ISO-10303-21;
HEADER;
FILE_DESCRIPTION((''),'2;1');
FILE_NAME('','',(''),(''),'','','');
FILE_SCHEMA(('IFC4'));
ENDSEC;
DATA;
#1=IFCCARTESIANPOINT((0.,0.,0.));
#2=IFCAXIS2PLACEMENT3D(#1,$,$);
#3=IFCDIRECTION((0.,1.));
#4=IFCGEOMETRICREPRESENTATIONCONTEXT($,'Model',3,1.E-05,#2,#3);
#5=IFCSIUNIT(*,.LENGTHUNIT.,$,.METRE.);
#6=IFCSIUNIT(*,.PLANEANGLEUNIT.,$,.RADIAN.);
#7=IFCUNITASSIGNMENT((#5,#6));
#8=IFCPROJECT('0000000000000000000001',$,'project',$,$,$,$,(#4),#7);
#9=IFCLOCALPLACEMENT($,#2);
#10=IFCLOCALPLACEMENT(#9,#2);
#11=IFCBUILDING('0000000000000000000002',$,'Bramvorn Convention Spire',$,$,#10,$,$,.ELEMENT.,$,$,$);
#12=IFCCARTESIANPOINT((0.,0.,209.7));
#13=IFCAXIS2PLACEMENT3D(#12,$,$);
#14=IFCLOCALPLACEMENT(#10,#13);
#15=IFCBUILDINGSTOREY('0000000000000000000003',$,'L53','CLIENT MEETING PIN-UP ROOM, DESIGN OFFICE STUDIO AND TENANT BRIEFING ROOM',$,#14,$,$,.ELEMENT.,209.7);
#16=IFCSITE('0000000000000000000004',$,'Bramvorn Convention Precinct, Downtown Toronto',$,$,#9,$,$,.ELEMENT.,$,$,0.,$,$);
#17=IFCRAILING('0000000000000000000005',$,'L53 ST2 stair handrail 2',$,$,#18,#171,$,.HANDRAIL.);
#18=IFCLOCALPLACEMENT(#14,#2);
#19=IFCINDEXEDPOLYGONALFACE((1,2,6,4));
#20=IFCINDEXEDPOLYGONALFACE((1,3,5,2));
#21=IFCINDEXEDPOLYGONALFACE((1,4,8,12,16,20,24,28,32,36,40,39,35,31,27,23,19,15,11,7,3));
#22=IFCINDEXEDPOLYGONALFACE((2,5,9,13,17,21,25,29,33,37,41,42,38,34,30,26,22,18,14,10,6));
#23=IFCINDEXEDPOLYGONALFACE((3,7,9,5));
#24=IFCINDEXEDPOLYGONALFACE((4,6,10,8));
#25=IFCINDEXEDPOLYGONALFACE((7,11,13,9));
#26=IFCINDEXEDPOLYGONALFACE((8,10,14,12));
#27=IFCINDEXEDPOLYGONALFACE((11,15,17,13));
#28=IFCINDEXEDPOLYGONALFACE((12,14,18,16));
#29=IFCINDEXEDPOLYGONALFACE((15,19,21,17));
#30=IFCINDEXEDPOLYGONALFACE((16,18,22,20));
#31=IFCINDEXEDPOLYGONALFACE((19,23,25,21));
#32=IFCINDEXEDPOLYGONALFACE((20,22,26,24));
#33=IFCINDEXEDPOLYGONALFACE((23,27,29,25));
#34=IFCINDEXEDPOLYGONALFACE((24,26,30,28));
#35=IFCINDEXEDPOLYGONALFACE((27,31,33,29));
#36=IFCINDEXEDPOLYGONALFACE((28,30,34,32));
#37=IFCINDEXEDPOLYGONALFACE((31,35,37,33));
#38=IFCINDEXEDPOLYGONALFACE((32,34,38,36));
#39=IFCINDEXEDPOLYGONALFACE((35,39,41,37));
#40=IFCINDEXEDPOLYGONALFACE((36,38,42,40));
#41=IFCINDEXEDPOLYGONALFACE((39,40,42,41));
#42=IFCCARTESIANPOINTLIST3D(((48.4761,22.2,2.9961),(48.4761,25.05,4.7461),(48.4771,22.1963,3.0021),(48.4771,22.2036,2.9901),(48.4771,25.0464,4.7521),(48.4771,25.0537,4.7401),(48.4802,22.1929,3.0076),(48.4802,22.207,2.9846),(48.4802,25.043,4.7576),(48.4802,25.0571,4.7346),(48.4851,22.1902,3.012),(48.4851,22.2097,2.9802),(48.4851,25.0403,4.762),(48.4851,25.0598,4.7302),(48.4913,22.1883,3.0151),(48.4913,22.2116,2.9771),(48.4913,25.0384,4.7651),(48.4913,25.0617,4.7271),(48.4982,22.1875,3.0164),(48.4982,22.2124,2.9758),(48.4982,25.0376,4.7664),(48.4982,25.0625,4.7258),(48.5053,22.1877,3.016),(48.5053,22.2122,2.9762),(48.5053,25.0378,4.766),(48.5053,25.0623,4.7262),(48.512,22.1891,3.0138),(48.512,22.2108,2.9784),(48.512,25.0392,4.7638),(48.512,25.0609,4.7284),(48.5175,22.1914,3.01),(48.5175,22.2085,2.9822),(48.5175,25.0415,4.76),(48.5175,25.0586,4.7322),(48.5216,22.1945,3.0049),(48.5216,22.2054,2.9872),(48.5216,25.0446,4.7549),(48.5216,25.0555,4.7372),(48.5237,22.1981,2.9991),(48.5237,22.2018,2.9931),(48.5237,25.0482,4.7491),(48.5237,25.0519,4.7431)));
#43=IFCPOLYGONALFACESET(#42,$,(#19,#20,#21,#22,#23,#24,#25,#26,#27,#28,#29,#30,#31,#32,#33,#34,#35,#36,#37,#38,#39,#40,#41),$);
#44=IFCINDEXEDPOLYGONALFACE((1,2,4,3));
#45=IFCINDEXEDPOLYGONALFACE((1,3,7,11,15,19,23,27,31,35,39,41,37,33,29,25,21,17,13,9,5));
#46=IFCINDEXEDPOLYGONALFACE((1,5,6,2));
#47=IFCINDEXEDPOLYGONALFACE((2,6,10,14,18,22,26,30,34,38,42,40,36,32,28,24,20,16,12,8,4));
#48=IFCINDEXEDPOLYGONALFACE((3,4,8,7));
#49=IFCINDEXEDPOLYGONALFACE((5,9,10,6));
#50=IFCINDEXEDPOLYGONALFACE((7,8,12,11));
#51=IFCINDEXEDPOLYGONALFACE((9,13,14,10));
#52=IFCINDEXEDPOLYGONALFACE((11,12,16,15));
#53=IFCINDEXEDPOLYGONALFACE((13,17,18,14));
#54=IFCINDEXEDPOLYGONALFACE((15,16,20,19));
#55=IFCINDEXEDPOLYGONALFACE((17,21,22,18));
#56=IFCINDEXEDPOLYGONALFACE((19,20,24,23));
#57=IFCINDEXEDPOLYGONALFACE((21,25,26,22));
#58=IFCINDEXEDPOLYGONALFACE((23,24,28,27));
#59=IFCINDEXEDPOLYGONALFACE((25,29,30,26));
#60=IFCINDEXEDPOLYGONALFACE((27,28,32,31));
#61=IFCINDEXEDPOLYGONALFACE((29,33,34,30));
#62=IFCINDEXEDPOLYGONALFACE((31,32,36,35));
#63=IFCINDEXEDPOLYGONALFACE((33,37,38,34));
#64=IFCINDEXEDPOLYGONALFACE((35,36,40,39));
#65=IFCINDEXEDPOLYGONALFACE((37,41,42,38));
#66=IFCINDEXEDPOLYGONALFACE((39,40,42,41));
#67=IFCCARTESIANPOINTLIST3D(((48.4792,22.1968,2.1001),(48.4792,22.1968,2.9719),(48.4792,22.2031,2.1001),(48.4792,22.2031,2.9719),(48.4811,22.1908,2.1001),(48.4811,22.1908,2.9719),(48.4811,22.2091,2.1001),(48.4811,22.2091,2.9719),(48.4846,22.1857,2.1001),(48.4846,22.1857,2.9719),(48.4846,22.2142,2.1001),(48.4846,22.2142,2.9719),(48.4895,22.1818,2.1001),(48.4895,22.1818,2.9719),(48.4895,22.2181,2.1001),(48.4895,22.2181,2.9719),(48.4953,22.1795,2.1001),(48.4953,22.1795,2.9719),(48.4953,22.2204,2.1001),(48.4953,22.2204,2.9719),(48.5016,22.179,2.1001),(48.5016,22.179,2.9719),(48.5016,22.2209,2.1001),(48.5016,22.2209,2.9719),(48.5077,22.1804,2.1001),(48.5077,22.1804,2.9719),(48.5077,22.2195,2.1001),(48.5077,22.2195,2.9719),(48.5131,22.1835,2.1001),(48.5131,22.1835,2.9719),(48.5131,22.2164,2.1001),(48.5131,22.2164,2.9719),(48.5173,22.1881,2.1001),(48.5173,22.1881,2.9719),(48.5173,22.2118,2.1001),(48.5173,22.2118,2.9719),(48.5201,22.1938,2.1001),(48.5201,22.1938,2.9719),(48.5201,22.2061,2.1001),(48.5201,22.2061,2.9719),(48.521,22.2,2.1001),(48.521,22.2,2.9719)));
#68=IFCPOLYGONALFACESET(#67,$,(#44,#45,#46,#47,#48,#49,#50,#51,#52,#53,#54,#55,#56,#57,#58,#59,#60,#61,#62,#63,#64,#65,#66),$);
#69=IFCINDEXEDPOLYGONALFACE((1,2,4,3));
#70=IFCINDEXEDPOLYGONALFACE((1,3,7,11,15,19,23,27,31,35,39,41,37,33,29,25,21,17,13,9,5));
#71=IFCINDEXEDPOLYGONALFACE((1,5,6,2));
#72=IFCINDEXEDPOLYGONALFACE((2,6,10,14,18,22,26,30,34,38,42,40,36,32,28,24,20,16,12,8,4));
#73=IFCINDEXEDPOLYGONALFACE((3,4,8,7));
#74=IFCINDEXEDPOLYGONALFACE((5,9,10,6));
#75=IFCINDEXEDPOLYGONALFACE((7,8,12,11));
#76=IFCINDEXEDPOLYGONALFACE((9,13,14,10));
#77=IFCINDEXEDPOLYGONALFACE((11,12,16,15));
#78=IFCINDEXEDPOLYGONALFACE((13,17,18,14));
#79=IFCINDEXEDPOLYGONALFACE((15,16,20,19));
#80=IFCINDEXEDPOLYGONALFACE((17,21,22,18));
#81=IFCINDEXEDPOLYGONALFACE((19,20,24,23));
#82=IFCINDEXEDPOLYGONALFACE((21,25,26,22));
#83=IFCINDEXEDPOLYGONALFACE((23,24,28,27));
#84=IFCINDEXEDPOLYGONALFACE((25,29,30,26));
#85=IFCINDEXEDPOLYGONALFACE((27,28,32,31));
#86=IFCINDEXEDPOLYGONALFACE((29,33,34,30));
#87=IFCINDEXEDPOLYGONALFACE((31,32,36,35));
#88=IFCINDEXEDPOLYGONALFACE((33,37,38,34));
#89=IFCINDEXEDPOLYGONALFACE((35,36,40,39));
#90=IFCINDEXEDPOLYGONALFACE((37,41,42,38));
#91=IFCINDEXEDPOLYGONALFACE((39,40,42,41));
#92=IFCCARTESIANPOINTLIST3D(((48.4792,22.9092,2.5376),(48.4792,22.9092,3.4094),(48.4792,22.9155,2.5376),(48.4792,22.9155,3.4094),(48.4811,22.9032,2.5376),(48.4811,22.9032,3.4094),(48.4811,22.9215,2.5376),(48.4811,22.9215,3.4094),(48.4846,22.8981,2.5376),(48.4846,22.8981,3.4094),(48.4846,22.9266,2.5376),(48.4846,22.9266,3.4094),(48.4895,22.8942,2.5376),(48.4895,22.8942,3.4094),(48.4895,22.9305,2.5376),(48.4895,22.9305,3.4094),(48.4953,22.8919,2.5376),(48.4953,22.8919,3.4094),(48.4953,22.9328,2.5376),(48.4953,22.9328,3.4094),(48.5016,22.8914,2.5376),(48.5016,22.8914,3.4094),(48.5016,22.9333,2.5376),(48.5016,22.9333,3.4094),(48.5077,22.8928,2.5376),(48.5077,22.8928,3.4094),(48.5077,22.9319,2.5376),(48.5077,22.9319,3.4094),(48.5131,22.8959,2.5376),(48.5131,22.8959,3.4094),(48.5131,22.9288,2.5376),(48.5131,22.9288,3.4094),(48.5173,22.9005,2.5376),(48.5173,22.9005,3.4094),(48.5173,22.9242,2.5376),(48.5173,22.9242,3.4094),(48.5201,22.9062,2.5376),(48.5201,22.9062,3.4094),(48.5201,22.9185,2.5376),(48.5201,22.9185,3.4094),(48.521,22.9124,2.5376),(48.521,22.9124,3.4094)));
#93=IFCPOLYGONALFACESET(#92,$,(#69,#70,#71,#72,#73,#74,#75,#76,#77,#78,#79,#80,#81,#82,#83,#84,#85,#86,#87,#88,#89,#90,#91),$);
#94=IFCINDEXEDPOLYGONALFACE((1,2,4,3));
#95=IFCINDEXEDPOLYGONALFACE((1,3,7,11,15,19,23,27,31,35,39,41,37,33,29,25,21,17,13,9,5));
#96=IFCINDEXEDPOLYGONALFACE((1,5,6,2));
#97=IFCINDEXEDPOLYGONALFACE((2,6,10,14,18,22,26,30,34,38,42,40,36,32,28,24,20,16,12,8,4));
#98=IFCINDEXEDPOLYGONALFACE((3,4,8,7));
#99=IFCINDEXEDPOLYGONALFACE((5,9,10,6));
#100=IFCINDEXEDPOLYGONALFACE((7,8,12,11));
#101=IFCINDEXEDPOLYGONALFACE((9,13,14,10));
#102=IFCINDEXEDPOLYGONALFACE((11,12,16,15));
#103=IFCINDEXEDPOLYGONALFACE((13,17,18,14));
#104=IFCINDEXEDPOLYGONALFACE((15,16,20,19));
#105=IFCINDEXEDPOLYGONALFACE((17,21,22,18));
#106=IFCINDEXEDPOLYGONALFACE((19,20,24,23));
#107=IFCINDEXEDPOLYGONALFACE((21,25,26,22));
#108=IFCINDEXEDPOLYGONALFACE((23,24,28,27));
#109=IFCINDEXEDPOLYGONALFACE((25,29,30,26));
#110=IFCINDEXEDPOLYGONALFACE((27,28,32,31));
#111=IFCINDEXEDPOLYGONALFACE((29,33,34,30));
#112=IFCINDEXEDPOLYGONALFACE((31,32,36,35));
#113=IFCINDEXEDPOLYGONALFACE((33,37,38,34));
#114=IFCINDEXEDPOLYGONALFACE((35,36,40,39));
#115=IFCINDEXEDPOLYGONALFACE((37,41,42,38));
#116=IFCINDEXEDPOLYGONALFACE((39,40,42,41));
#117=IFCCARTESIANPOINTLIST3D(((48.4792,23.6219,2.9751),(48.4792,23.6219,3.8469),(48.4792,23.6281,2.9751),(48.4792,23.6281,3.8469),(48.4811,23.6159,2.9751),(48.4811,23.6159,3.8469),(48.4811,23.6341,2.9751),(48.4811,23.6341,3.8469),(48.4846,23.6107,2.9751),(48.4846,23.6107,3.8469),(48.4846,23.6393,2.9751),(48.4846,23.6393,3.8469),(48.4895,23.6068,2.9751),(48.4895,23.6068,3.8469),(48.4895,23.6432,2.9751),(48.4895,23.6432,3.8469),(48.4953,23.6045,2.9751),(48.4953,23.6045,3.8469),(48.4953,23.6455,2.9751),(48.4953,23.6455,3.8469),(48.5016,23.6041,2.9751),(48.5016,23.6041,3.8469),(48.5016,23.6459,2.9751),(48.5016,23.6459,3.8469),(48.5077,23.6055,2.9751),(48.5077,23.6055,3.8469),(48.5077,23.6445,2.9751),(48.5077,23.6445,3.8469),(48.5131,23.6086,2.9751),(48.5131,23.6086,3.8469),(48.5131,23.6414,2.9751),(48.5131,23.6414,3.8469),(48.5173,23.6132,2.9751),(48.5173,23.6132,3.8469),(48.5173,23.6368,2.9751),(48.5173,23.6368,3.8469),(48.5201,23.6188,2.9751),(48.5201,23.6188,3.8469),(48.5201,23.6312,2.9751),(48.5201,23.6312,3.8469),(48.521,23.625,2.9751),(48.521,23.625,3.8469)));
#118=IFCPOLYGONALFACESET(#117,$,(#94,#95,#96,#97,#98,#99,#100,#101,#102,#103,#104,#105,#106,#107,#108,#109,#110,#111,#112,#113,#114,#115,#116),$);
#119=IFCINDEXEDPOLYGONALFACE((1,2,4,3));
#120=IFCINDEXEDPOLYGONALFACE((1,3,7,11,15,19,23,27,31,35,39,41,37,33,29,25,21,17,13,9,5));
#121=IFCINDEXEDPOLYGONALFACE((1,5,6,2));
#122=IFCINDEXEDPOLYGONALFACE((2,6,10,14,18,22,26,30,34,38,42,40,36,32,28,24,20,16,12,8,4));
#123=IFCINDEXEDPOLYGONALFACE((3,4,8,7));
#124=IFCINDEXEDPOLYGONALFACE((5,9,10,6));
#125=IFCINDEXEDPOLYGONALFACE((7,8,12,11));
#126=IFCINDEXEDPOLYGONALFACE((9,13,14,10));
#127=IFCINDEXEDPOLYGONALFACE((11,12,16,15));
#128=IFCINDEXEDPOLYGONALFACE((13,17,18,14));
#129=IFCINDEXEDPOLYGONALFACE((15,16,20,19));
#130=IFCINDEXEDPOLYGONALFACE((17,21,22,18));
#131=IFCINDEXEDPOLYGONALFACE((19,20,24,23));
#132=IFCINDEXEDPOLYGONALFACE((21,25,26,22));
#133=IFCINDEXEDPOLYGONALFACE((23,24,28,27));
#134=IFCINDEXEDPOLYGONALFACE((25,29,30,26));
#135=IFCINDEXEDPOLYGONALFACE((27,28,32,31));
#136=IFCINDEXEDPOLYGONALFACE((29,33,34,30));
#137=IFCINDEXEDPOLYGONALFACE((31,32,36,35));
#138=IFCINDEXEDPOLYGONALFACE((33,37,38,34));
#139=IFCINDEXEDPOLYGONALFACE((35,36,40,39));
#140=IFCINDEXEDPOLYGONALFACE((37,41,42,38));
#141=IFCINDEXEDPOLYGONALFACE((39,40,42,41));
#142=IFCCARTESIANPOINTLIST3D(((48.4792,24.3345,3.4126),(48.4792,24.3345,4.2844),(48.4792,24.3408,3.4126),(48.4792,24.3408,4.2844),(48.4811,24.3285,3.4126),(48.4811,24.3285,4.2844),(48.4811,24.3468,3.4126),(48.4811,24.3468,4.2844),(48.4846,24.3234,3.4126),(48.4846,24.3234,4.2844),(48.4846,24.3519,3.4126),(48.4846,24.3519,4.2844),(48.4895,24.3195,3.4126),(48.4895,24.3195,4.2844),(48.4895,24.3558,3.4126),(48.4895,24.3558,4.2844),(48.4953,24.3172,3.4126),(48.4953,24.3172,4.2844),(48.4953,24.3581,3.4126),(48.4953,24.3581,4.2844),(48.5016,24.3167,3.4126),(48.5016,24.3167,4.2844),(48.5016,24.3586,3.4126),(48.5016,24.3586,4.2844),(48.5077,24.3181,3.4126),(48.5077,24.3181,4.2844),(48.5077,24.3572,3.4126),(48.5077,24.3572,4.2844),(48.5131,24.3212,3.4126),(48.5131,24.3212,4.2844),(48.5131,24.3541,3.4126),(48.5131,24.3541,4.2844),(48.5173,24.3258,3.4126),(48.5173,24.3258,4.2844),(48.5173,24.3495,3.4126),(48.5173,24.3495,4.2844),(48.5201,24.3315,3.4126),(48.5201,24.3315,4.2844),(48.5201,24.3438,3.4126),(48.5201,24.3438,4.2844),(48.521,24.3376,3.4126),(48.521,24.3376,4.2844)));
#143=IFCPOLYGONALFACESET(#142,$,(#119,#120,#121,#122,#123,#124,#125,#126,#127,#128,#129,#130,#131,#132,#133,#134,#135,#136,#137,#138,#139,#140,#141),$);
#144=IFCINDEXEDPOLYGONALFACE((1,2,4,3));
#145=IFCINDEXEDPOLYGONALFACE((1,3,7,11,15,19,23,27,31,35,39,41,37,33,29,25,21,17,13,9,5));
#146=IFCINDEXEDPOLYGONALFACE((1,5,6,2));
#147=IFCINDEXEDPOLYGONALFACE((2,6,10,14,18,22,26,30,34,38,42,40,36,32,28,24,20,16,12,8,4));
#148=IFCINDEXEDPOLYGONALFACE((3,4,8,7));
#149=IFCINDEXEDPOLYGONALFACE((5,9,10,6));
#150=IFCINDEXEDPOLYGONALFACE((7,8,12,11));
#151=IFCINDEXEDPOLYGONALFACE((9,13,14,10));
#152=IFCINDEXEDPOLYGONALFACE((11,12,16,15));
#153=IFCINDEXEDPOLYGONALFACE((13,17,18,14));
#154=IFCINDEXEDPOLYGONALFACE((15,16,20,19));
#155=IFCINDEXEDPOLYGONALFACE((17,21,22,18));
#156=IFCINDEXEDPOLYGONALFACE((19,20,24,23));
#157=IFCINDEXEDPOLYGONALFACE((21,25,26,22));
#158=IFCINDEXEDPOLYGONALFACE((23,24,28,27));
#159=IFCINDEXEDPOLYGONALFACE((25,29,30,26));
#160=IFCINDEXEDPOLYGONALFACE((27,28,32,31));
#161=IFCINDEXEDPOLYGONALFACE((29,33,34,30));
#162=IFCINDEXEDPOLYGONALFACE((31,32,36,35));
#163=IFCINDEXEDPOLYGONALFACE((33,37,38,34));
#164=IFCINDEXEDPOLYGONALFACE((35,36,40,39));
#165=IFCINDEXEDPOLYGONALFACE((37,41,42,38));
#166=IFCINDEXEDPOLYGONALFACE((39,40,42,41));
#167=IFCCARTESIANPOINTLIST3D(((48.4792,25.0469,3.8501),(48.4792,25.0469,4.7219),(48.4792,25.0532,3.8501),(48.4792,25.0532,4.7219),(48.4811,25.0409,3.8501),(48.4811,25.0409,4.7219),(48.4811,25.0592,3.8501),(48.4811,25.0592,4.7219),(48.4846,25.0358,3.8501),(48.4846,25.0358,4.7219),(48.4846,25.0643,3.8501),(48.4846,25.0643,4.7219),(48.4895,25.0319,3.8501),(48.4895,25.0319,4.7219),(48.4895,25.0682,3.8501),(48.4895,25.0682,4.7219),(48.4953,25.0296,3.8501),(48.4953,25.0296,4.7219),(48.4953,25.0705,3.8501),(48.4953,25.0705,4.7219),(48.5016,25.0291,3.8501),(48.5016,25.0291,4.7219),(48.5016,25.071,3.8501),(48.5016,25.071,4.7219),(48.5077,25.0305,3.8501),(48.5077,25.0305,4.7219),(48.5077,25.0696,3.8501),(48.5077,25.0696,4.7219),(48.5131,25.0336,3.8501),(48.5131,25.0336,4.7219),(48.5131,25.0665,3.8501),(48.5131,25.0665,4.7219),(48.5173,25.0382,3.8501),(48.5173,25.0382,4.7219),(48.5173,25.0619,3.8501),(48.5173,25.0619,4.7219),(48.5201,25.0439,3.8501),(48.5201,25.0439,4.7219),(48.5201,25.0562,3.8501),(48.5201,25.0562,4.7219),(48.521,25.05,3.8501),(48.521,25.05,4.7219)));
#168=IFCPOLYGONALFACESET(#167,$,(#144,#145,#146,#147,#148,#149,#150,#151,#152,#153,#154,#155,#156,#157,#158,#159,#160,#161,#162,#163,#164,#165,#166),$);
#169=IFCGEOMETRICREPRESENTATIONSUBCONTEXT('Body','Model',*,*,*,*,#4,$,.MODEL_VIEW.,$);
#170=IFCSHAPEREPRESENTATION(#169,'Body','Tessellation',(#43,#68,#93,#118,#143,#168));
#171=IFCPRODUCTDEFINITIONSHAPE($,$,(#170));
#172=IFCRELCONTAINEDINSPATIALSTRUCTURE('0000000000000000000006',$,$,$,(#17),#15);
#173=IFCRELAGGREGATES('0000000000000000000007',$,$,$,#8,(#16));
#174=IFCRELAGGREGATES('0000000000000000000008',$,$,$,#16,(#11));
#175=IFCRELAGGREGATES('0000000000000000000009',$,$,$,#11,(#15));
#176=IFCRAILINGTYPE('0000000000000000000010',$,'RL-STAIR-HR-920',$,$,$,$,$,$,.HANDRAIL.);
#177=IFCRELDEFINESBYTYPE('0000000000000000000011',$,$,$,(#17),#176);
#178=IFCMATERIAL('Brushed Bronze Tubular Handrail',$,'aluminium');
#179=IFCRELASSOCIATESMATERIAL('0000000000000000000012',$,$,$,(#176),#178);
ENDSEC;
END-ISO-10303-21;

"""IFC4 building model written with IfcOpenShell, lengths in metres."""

from ifc_helpers import new_model, si_unit, direction, frame, origin, origin_2d, place, context, subcontext, project, spatial, circle, extrude, material, type_object, element, save


model = new_model("IFC4")

# Units and contexts
model_context = context("Model", 3, precision=1e-05, world=origin(), true_north=direction((0.0, 1.0)))
body_context = subcontext(model_context, "Body", "Model", "MODEL_VIEW")
ifc_project = project(units=[si_unit("LENGTHUNIT", "METRE"), si_unit("PLANEANGLEUNIT", "RADIAN")], contexts=[model_context])

# Site, building, storey
site_placement = place(None, origin())
site = spatial("IfcSite", under=ifc_project, at=site_placement, Name="Bramvorn Convention Precinct, Downtown Toronto", CompositionType="ELEMENT", RefElevation=0.0)
building_placement = place(site_placement, origin())
building = spatial("IfcBuilding", under=site, at=building_placement, Name="Bramvorn Convention Spire", CompositionType="ELEMENT")
storey_placement = place(building_placement, frame((0.0, 0.0, 209.7)))
storey = spatial("IfcBuildingStorey", under=building, at=storey_placement, Name="L53", Description="CLIENT MEETING PIN-UP ROOM, DESIGN OFFICE STUDIO AND TENANT BRIEFING ROOM", CompositionType="ELEMENT", Elevation=209.7)

# Railing
ifc_material_1 = material(Name="Brushed Bronze Tubular Handrail", Category="aluminium")
railing_type_1 = type_object("IfcRailingType", Name="RL-STAIR-HR-920", PredefinedType="HANDRAIL", material=ifc_material_1)
railing_1_placement = place(storey_placement, frame((48.5, 22.2, 2.1001)))
element("IfcRailing", 1, at=railing_1_placement, inside=storey, type_object=railing_type_1, Name="L53 ST2 stair handrail 2", PredefinedType="HANDRAIL", context=body_context, shape_type="SweptSolid", body=[
    extrude(circle(Radius=0.0239, at=origin_2d()), frame((0.0, 0.0, 0.896), z_axis=(0.0, 0.852179, 0.52325), x_axis=(-1.0, 0.0, 0.0)), (0.0, 0.0, 1.0), 3.3445),
    extrude(circle(Radius=0.021, at=origin_2d()), origin(), (0.0, 0.0, 1.0), 0.8718),
    extrude(circle(Radius=0.021, at=origin_2d()), frame((0.0, 0.7124, 0.4375)), (0.0, 0.0, 1.0), 0.8718),
    extrude(circle(Radius=0.021, at=origin_2d()), frame((0.0, 1.425, 0.875)), (0.0, 0.0, 1.0), 0.8718),
    extrude(circle(Radius=0.021, at=origin_2d()), frame((0.0, 2.1377, 1.3125)), (0.0, 0.0, 1.0), 0.8718),
    extrude(circle(Radius=0.021, at=origin_2d()), frame((0.0, 2.8501, 1.75)), (0.0, 0.0, 1.0), 0.8718),
])

save(model, "model.ifc")
